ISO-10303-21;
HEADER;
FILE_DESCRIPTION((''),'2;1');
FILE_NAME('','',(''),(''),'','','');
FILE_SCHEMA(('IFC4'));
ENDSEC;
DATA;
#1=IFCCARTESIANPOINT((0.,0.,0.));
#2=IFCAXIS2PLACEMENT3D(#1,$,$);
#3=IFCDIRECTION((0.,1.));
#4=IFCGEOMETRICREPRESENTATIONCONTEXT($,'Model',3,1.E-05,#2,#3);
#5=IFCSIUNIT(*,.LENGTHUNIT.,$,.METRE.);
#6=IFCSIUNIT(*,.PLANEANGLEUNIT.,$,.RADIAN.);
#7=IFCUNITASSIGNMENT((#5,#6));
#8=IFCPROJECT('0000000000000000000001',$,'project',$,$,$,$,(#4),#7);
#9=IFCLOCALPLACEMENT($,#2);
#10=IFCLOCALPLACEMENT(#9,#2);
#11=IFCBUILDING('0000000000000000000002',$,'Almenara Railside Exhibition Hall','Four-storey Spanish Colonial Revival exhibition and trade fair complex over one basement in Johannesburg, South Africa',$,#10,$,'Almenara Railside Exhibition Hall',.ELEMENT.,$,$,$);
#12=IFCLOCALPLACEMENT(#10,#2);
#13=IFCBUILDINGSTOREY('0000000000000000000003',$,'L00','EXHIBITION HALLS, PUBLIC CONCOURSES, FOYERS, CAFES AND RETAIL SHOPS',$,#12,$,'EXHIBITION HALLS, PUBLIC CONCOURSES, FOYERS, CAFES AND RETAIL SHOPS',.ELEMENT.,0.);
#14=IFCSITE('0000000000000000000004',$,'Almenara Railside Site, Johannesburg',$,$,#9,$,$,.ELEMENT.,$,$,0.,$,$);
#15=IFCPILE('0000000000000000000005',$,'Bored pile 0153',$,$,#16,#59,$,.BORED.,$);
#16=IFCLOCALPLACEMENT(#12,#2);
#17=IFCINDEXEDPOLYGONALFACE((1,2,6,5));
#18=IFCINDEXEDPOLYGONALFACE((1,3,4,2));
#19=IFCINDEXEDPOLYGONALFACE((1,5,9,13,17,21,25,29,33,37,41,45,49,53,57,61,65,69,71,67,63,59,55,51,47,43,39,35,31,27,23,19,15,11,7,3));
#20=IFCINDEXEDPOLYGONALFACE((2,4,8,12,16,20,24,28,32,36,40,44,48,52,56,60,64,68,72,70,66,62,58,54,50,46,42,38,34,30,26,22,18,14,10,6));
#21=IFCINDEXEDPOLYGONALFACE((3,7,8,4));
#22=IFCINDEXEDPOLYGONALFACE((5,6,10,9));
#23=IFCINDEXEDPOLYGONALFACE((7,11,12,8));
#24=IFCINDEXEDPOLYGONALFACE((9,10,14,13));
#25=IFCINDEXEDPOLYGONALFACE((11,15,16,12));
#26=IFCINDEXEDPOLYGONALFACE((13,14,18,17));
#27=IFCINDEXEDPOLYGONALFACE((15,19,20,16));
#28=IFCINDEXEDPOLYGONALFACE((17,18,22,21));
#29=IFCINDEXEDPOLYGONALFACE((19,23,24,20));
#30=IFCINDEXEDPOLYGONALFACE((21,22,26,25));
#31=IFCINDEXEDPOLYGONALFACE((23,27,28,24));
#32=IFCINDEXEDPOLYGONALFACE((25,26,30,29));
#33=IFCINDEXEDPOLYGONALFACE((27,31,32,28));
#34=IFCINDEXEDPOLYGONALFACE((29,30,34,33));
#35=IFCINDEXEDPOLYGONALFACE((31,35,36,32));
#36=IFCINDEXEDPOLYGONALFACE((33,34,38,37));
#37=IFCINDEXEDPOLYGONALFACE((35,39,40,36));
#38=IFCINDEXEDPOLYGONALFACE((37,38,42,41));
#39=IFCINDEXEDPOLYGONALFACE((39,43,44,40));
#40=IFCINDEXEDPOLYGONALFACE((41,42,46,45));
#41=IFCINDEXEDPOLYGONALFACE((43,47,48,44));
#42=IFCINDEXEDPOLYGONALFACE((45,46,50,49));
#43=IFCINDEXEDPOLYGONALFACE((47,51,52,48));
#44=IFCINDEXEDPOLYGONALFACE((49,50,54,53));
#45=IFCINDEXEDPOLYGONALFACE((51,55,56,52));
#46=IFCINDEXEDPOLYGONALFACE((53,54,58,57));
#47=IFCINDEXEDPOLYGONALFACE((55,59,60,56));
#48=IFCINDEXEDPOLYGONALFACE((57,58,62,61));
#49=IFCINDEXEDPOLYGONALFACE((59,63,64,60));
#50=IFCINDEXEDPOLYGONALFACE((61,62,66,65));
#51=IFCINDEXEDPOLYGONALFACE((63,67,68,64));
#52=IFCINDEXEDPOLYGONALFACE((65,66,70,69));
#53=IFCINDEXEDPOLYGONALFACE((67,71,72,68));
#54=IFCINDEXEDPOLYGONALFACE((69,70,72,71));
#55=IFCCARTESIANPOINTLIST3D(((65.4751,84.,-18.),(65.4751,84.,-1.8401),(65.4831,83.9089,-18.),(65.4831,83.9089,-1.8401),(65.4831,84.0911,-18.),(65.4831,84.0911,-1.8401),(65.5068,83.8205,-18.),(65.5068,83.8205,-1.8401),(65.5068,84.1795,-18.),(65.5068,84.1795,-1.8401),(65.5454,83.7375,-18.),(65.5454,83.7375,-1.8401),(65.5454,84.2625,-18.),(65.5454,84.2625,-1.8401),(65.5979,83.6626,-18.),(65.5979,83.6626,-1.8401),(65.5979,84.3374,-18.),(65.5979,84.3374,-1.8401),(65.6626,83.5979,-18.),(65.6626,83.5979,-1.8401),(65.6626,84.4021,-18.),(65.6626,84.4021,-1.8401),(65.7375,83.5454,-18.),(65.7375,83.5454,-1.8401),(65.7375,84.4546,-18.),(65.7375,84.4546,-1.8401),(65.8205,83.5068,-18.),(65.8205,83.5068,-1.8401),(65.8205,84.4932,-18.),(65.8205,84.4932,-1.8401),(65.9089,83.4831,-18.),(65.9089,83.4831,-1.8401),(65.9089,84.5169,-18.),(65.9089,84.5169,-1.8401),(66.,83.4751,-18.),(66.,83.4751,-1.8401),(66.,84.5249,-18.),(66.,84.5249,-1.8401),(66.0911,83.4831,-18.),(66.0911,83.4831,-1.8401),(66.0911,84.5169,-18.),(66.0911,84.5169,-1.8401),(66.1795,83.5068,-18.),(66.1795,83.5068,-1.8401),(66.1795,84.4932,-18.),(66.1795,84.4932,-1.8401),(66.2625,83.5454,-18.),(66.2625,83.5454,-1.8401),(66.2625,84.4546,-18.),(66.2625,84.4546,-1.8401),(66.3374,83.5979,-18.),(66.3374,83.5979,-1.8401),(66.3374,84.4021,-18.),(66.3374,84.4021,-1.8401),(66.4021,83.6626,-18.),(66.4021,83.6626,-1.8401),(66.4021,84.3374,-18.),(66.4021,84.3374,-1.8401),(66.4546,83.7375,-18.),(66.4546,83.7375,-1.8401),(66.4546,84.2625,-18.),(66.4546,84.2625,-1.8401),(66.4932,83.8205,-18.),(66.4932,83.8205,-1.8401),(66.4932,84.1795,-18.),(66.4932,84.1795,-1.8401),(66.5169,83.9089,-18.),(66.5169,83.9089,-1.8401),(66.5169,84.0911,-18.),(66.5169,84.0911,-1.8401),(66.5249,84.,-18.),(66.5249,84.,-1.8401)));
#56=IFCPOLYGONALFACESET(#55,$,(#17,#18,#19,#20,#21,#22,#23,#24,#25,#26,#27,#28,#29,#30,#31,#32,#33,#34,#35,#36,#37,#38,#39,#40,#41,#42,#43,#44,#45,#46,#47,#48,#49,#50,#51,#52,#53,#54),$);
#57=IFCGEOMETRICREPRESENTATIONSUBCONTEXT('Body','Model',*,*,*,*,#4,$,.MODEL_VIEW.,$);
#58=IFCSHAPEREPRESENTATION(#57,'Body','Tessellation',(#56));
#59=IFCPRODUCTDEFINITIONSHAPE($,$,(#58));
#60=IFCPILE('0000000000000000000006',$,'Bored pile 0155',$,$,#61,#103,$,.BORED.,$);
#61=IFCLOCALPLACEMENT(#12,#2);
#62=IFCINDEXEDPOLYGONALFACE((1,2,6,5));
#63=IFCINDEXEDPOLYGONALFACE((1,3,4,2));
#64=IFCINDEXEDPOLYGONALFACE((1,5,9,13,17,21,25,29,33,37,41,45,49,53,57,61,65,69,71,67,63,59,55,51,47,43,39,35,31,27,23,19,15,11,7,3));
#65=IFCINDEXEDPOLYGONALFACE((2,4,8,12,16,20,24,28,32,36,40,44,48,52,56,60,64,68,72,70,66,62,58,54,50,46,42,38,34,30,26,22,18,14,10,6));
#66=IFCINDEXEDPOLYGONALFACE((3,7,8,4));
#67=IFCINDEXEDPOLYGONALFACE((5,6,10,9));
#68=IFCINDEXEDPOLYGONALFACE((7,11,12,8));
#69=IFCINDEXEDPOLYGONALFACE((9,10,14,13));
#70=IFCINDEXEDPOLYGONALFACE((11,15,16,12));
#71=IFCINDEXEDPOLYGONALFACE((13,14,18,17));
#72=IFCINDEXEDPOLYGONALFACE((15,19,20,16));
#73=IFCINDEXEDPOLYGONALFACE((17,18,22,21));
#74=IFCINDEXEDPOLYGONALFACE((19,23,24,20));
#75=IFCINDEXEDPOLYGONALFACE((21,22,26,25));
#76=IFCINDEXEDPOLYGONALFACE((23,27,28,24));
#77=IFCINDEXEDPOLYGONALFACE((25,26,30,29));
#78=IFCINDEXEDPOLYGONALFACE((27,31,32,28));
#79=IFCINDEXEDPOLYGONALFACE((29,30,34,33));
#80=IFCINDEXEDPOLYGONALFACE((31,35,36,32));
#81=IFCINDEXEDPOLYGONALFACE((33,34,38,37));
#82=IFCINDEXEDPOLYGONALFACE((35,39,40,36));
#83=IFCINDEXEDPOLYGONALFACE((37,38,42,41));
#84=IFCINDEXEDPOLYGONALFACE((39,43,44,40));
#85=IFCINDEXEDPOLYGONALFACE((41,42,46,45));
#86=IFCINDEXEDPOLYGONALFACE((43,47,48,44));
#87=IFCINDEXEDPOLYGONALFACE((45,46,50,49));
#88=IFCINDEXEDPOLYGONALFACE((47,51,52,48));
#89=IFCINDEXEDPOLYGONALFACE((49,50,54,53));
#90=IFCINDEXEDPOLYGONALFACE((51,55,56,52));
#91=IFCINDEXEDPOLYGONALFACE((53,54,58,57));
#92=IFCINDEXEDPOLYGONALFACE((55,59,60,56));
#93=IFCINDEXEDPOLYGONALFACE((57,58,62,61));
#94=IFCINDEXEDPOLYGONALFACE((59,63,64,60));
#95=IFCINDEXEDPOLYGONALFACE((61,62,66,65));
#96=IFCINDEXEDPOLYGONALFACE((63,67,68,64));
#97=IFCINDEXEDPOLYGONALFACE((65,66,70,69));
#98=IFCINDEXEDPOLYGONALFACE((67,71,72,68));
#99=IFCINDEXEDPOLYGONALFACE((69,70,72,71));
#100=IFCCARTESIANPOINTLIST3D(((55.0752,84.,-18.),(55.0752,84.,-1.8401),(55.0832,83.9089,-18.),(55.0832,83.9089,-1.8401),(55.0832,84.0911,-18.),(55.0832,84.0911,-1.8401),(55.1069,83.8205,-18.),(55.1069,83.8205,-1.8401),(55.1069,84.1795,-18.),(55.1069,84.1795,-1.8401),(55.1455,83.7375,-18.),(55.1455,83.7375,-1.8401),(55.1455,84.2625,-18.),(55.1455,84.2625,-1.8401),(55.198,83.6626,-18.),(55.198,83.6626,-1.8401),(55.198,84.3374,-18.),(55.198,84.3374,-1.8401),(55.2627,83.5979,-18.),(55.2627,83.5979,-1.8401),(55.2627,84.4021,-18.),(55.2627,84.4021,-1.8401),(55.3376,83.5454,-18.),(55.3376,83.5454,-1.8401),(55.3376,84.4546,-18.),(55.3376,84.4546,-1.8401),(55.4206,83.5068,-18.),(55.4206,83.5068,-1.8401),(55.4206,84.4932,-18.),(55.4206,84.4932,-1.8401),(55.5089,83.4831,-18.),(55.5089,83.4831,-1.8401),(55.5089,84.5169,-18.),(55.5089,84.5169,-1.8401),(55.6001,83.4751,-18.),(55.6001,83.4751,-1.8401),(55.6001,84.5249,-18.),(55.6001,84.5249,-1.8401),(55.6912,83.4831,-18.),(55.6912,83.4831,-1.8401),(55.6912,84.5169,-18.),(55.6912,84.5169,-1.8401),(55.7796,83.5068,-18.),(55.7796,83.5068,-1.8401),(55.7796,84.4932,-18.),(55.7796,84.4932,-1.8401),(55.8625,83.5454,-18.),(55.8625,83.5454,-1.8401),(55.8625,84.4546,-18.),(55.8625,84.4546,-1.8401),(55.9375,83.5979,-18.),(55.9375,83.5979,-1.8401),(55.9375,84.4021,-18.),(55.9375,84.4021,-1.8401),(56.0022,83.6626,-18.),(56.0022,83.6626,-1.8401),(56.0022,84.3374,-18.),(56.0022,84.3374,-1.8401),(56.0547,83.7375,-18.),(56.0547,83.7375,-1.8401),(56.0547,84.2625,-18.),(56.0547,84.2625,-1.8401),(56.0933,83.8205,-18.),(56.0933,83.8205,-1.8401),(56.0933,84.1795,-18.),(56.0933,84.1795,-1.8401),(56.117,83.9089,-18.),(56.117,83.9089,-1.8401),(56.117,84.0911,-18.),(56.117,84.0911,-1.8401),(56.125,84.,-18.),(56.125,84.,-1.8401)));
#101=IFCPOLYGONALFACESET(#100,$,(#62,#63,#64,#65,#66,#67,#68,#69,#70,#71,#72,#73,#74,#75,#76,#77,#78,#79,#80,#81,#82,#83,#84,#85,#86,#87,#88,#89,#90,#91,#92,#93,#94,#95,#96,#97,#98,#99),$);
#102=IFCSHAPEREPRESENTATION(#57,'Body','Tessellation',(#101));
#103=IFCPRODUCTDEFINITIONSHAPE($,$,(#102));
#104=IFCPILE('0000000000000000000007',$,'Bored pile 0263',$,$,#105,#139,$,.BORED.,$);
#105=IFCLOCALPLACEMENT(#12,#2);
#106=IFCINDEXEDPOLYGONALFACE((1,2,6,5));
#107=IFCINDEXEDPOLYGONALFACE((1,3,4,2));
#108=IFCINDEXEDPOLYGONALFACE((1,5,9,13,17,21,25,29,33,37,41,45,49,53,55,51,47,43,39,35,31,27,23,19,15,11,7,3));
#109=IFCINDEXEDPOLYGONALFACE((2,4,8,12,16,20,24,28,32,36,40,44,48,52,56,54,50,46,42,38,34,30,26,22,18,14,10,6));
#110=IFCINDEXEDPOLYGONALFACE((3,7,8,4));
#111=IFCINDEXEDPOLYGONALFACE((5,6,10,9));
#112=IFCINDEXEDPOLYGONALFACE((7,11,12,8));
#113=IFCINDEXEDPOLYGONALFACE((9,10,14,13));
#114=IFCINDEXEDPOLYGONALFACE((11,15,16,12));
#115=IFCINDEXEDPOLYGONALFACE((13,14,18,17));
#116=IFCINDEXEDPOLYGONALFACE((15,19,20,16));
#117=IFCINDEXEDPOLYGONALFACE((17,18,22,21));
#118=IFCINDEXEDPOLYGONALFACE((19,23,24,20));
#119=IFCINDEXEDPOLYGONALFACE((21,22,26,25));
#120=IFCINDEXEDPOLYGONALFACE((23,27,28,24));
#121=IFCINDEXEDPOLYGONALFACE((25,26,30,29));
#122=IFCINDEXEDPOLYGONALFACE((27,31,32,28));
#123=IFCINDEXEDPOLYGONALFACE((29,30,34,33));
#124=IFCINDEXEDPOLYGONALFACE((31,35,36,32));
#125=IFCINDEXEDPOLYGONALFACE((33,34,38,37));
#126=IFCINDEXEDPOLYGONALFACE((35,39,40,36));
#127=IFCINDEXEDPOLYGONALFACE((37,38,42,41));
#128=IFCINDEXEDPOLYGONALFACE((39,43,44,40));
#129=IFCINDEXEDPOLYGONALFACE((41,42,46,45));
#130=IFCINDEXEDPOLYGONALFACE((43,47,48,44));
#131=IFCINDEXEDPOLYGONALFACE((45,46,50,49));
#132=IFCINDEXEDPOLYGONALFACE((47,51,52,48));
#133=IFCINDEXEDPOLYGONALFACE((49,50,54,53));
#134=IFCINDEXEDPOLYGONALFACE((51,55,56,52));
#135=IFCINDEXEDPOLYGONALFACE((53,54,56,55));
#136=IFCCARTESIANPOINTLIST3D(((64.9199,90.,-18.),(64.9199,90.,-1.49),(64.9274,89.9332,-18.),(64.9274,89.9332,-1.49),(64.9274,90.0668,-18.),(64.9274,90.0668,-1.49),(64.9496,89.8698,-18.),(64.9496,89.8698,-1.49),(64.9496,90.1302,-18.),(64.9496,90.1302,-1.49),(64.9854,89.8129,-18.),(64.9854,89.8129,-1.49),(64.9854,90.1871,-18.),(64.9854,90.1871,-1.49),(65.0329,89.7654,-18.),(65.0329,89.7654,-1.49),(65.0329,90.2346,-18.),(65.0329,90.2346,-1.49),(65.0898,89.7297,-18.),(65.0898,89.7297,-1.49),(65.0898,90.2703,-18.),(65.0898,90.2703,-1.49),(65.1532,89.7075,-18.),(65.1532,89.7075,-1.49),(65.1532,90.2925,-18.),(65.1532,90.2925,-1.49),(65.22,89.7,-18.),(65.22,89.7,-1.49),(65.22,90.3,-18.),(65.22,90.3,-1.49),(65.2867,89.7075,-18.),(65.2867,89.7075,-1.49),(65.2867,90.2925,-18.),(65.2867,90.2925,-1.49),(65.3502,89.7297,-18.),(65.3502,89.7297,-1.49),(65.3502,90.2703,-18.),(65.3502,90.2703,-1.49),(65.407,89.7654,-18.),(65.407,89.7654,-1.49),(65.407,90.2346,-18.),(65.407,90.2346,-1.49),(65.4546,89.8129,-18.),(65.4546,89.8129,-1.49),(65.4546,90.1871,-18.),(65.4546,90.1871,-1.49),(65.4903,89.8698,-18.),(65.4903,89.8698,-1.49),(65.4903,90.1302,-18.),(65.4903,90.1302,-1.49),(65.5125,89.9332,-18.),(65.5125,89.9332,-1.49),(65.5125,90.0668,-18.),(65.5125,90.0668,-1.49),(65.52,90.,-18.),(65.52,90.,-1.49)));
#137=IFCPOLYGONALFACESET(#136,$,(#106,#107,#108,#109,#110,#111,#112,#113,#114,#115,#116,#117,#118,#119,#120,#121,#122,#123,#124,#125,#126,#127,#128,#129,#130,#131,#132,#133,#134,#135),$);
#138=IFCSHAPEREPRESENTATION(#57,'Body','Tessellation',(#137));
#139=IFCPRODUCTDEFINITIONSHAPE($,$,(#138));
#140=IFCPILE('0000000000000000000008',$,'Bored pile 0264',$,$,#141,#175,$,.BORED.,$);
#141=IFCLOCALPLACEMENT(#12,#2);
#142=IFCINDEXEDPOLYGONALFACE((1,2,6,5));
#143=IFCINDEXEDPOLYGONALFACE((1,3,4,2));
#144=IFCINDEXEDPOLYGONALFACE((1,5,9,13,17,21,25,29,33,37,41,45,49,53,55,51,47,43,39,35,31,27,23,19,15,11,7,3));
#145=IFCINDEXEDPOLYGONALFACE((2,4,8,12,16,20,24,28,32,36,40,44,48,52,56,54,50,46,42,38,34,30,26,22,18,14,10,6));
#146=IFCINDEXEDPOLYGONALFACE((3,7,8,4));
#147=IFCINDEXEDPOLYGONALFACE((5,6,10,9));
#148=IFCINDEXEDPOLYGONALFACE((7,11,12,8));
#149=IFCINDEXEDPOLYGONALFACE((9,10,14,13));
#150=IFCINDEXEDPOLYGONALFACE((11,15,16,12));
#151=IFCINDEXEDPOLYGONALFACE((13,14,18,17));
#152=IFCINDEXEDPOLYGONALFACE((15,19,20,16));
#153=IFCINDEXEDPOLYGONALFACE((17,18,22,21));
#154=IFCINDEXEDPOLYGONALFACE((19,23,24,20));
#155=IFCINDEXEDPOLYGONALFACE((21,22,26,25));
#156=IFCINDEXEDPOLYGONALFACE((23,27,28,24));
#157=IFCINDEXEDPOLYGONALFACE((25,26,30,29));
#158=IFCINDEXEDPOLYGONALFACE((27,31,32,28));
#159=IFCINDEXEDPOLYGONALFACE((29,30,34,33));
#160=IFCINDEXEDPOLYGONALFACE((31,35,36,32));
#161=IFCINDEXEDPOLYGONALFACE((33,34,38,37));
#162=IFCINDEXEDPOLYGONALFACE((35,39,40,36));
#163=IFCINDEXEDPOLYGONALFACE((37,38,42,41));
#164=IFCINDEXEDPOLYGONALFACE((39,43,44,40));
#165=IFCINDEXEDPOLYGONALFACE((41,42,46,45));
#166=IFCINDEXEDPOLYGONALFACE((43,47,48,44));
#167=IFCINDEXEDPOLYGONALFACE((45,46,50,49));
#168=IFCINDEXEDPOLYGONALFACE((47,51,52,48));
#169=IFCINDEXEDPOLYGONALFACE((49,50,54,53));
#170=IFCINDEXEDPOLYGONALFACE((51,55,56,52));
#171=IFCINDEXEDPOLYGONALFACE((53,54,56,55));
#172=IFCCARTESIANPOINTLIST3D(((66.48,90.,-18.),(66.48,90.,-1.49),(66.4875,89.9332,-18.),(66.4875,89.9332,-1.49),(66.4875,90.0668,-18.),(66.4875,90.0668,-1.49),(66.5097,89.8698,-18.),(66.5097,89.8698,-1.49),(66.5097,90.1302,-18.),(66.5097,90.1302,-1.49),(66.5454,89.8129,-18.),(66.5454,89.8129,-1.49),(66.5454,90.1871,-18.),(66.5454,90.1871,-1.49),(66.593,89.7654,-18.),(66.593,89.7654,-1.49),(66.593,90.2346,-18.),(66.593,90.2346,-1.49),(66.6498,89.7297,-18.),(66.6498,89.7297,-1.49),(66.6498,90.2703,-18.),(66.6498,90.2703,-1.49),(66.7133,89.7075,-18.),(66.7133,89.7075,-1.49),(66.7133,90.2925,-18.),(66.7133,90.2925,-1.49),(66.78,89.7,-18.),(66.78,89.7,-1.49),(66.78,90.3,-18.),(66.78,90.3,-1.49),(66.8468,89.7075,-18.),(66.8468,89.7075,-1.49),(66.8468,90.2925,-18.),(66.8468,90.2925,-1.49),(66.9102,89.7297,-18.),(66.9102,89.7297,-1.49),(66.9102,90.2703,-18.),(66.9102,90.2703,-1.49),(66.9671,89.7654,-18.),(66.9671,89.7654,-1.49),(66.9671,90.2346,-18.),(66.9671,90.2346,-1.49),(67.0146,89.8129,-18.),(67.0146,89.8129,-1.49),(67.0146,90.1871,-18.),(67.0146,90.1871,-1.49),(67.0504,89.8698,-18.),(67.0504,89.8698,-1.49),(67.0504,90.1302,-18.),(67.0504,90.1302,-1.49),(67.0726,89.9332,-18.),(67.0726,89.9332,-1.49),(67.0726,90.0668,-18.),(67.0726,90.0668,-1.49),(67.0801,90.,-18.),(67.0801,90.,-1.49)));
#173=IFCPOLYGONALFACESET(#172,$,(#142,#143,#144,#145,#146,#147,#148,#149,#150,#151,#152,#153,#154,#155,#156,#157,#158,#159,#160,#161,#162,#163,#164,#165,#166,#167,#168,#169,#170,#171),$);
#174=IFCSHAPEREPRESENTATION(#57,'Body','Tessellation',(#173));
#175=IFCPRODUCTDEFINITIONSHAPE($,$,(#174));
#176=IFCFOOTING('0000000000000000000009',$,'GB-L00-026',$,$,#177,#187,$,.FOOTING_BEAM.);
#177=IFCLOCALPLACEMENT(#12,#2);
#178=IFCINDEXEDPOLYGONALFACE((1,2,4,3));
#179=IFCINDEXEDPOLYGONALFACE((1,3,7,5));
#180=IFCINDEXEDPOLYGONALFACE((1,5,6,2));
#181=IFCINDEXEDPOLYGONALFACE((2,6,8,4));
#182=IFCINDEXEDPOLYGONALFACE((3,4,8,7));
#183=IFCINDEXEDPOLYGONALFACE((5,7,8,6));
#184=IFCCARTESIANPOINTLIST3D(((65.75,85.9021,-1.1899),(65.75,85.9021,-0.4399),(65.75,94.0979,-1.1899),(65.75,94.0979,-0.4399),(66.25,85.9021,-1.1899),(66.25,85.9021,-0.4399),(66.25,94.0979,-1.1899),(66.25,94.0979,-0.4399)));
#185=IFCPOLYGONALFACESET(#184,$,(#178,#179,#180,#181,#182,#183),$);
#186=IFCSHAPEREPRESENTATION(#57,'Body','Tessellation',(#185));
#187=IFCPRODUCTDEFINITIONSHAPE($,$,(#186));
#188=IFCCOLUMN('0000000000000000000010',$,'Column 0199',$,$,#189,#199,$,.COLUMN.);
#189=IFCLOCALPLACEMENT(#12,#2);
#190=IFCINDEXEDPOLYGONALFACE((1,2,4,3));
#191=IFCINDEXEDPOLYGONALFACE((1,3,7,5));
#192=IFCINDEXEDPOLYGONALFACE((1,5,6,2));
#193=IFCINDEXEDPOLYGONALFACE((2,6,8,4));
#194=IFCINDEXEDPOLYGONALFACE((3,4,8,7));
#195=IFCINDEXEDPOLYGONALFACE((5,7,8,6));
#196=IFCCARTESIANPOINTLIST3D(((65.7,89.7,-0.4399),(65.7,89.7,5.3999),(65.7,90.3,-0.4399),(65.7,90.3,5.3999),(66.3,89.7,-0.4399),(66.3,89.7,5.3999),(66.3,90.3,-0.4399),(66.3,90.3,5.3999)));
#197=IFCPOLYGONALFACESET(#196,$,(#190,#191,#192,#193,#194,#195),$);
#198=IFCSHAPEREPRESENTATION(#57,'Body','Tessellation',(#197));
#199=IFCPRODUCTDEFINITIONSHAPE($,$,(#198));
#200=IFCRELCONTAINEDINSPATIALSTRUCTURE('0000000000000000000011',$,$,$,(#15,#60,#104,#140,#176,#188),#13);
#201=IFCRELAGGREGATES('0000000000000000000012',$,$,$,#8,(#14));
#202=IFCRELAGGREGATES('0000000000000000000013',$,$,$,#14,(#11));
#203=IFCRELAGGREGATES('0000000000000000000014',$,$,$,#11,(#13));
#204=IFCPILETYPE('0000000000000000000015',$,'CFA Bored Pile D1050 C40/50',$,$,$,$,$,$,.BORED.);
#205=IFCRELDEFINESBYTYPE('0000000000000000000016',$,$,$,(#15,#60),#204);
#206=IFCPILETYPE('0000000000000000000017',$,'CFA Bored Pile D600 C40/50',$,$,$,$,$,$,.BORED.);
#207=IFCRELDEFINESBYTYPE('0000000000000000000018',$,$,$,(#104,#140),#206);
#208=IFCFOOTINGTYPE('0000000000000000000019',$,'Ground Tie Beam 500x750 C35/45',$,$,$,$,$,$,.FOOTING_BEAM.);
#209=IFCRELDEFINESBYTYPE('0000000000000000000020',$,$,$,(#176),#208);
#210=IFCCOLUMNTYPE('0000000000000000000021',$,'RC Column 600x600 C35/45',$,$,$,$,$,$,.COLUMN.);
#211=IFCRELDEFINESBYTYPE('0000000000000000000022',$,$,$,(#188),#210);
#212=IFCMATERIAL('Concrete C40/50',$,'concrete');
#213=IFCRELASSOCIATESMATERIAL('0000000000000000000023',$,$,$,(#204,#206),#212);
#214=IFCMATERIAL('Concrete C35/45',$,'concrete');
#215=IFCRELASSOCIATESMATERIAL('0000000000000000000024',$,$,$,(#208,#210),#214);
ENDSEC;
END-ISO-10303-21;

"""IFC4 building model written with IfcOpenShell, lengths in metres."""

from ifc_helpers import new_model, si_unit, direction, frame, origin, origin_2d, place, context, subcontext, project, spatial, rectangle, circle, extrude, material, material_profile, profile_set, type_object, element, save


model = new_model("IFC4")

# Units and contexts
model_context = context("Model", 3, precision=1e-05, world=origin(), true_north=direction((0.0, 1.0)))
body_context = subcontext(model_context, "Body", "Model", "MODEL_VIEW")
ifc_project = project(units=[si_unit("LENGTHUNIT", "METRE"), si_unit("PLANEANGLEUNIT", "RADIAN")], contexts=[model_context])

# Site, building, storey
site_placement = place(None, origin())
site = spatial("IfcSite", under=ifc_project, at=site_placement, Name="Almenara Railside Site, Johannesburg", CompositionType="ELEMENT", RefElevation=0.0)
building_placement = place(site_placement, origin())
building = spatial("IfcBuilding", under=site, at=building_placement, Name="Almenara Railside Exhibition Hall", Description="Four-storey Spanish Colonial Revival exhibition and trade fair complex over one basement in Johannesburg, South Africa", LongName="Almenara Railside Exhibition Hall", CompositionType="ELEMENT")
storey_placement = place(building_placement, origin())
storey = spatial("IfcBuildingStorey", under=building, at=storey_placement, Name="L00", Description="EXHIBITION HALLS, PUBLIC CONCOURSES, FOYERS, CAFES AND RETAIL SHOPS", LongName="EXHIBITION HALLS, PUBLIC CONCOURSES, FOYERS, CAFES AND RETAIL SHOPS", CompositionType="ELEMENT", Elevation=0.0)

# Piles
ifc_material_1 = material(Name="Concrete C40/50", Category="concrete")
ifc_material_profile_1 = material_profile(ifc_material_1, circle(Radius=0.5249, at=origin_2d()), Name="CFA-PILE D1050")
ifc_profile_set_1 = profile_set([ifc_material_profile_1], Name="Concrete C40/50")
pile_type_1 = type_object("IfcPileType", Name="CFA Bored Pile D1050 C40/50", PredefinedType="BORED", material=ifc_profile_set_1)
for number, where, z_axis, x_axis, name in (
    (1, (66.0, 84.0, -1.8401), (0.0, 0.0, -1.0), (1.0, 0.0, 0.0), "Bored pile 0153"),
    (2, (55.6001, 84.0, -1.8401), (0.0, 0.0, -1.0), (1.0, 0.0, 0.0), "Bored pile 0155"),
):
    element("IfcPile", number, at=place(storey_placement, frame(where, z_axis=z_axis, x_axis=x_axis)), inside=storey, type_object=pile_type_1, Name=name, PredefinedType="BORED", context=body_context, shape_type="SweptSolid", body=[
        extrude(circle(Radius=0.5249, at=origin_2d()), origin(), (0.0, 0.0, 1.0), 16.1599),
    ])
ifc_material_profile_2 = material_profile(ifc_material_1, circle(Radius=0.3, at=origin_2d()), Name="CFA-PILE D600")
ifc_profile_set_2 = profile_set([ifc_material_profile_2], Name="Concrete C40/50")
pile_type_2 = type_object("IfcPileType", Name="CFA Bored Pile D600 C40/50", PredefinedType="BORED", material=ifc_profile_set_2)
for number, where, z_axis, x_axis, name in (
    (3, (65.22, 90.0, -1.49), (0.0, 0.0, -1.0), (1.0, 0.0, 0.0), "Bored pile 0263"),
    (4, (66.78, 90.0, -1.49), (0.0, 0.0, -1.0), (1.0, 0.0, 0.0), "Bored pile 0264"),
):
    element("IfcPile", number, at=place(storey_placement, frame(where, z_axis=z_axis, x_axis=x_axis)), inside=storey, type_object=pile_type_2, Name=name, PredefinedType="BORED", context=body_context, shape_type="SweptSolid", body=[
        extrude(circle(Radius=0.3, at=origin_2d()), origin(), (0.0, 0.0, 1.0), 16.51),
    ])

# Footing
ifc_material_2 = material(Name="Concrete C35/45", Category="concrete")
ifc_material_profile_3 = material_profile(ifc_material_2, rectangle(XDim=0.5, YDim=0.75, at=origin_2d()), Name="RC-GB 500x750")
ifc_profile_set_3 = profile_set([ifc_material_profile_3], Name="Concrete C35/45")
footing_type = type_object("IfcFootingType", Name="Ground Tie Beam 500x750 C35/45", PredefinedType="FOOTING_BEAM", material=ifc_profile_set_3)
footing_placement = place(storey_placement, frame((66.0, 85.9021, -0.8149), z_axis=(0.0, 1.0, 0.0), x_axis=(-1.0, 0.0, 0.0)))
element("IfcFooting", 5, at=footing_placement, inside=storey, type_object=footing_type, Name="GB-L00-026", PredefinedType="FOOTING_BEAM", context=body_context, shape_type="SweptSolid", body=[
    extrude(rectangle(XDim=0.5, YDim=0.75, at=origin_2d()), origin(), (0.0, 0.0, 1.0), 8.1958),
])

# Column
ifc_material_profile_4 = material_profile(ifc_material_2, rectangle(XDim=0.6001, YDim=0.6001, at=origin_2d()), Name="RC 600x600")
ifc_profile_set_4 = profile_set([ifc_material_profile_4], Name="Concrete C35/45")
column_type_1 = type_object("IfcColumnType", Name="RC Column 600x600 C35/45", PredefinedType="COLUMN", material=ifc_profile_set_4)
column_placement = place(storey_placement, frame((66.0, 90.0, -0.4399), z_axis=(0.0, 0.0, 1.0), x_axis=(1.0, 0.0, 0.0)))
element("IfcColumn", 6, at=column_placement, inside=storey, type_object=column_type_1, Name="Column 0199", PredefinedType="COLUMN", context=body_context, shape_type="SweptSolid", body=[
    extrude(rectangle(XDim=0.6001, YDim=0.6001, at=origin_2d()), origin(), (0.0, 0.0, 1.0), 5.8398),
])

save(model, "model.ifc")
